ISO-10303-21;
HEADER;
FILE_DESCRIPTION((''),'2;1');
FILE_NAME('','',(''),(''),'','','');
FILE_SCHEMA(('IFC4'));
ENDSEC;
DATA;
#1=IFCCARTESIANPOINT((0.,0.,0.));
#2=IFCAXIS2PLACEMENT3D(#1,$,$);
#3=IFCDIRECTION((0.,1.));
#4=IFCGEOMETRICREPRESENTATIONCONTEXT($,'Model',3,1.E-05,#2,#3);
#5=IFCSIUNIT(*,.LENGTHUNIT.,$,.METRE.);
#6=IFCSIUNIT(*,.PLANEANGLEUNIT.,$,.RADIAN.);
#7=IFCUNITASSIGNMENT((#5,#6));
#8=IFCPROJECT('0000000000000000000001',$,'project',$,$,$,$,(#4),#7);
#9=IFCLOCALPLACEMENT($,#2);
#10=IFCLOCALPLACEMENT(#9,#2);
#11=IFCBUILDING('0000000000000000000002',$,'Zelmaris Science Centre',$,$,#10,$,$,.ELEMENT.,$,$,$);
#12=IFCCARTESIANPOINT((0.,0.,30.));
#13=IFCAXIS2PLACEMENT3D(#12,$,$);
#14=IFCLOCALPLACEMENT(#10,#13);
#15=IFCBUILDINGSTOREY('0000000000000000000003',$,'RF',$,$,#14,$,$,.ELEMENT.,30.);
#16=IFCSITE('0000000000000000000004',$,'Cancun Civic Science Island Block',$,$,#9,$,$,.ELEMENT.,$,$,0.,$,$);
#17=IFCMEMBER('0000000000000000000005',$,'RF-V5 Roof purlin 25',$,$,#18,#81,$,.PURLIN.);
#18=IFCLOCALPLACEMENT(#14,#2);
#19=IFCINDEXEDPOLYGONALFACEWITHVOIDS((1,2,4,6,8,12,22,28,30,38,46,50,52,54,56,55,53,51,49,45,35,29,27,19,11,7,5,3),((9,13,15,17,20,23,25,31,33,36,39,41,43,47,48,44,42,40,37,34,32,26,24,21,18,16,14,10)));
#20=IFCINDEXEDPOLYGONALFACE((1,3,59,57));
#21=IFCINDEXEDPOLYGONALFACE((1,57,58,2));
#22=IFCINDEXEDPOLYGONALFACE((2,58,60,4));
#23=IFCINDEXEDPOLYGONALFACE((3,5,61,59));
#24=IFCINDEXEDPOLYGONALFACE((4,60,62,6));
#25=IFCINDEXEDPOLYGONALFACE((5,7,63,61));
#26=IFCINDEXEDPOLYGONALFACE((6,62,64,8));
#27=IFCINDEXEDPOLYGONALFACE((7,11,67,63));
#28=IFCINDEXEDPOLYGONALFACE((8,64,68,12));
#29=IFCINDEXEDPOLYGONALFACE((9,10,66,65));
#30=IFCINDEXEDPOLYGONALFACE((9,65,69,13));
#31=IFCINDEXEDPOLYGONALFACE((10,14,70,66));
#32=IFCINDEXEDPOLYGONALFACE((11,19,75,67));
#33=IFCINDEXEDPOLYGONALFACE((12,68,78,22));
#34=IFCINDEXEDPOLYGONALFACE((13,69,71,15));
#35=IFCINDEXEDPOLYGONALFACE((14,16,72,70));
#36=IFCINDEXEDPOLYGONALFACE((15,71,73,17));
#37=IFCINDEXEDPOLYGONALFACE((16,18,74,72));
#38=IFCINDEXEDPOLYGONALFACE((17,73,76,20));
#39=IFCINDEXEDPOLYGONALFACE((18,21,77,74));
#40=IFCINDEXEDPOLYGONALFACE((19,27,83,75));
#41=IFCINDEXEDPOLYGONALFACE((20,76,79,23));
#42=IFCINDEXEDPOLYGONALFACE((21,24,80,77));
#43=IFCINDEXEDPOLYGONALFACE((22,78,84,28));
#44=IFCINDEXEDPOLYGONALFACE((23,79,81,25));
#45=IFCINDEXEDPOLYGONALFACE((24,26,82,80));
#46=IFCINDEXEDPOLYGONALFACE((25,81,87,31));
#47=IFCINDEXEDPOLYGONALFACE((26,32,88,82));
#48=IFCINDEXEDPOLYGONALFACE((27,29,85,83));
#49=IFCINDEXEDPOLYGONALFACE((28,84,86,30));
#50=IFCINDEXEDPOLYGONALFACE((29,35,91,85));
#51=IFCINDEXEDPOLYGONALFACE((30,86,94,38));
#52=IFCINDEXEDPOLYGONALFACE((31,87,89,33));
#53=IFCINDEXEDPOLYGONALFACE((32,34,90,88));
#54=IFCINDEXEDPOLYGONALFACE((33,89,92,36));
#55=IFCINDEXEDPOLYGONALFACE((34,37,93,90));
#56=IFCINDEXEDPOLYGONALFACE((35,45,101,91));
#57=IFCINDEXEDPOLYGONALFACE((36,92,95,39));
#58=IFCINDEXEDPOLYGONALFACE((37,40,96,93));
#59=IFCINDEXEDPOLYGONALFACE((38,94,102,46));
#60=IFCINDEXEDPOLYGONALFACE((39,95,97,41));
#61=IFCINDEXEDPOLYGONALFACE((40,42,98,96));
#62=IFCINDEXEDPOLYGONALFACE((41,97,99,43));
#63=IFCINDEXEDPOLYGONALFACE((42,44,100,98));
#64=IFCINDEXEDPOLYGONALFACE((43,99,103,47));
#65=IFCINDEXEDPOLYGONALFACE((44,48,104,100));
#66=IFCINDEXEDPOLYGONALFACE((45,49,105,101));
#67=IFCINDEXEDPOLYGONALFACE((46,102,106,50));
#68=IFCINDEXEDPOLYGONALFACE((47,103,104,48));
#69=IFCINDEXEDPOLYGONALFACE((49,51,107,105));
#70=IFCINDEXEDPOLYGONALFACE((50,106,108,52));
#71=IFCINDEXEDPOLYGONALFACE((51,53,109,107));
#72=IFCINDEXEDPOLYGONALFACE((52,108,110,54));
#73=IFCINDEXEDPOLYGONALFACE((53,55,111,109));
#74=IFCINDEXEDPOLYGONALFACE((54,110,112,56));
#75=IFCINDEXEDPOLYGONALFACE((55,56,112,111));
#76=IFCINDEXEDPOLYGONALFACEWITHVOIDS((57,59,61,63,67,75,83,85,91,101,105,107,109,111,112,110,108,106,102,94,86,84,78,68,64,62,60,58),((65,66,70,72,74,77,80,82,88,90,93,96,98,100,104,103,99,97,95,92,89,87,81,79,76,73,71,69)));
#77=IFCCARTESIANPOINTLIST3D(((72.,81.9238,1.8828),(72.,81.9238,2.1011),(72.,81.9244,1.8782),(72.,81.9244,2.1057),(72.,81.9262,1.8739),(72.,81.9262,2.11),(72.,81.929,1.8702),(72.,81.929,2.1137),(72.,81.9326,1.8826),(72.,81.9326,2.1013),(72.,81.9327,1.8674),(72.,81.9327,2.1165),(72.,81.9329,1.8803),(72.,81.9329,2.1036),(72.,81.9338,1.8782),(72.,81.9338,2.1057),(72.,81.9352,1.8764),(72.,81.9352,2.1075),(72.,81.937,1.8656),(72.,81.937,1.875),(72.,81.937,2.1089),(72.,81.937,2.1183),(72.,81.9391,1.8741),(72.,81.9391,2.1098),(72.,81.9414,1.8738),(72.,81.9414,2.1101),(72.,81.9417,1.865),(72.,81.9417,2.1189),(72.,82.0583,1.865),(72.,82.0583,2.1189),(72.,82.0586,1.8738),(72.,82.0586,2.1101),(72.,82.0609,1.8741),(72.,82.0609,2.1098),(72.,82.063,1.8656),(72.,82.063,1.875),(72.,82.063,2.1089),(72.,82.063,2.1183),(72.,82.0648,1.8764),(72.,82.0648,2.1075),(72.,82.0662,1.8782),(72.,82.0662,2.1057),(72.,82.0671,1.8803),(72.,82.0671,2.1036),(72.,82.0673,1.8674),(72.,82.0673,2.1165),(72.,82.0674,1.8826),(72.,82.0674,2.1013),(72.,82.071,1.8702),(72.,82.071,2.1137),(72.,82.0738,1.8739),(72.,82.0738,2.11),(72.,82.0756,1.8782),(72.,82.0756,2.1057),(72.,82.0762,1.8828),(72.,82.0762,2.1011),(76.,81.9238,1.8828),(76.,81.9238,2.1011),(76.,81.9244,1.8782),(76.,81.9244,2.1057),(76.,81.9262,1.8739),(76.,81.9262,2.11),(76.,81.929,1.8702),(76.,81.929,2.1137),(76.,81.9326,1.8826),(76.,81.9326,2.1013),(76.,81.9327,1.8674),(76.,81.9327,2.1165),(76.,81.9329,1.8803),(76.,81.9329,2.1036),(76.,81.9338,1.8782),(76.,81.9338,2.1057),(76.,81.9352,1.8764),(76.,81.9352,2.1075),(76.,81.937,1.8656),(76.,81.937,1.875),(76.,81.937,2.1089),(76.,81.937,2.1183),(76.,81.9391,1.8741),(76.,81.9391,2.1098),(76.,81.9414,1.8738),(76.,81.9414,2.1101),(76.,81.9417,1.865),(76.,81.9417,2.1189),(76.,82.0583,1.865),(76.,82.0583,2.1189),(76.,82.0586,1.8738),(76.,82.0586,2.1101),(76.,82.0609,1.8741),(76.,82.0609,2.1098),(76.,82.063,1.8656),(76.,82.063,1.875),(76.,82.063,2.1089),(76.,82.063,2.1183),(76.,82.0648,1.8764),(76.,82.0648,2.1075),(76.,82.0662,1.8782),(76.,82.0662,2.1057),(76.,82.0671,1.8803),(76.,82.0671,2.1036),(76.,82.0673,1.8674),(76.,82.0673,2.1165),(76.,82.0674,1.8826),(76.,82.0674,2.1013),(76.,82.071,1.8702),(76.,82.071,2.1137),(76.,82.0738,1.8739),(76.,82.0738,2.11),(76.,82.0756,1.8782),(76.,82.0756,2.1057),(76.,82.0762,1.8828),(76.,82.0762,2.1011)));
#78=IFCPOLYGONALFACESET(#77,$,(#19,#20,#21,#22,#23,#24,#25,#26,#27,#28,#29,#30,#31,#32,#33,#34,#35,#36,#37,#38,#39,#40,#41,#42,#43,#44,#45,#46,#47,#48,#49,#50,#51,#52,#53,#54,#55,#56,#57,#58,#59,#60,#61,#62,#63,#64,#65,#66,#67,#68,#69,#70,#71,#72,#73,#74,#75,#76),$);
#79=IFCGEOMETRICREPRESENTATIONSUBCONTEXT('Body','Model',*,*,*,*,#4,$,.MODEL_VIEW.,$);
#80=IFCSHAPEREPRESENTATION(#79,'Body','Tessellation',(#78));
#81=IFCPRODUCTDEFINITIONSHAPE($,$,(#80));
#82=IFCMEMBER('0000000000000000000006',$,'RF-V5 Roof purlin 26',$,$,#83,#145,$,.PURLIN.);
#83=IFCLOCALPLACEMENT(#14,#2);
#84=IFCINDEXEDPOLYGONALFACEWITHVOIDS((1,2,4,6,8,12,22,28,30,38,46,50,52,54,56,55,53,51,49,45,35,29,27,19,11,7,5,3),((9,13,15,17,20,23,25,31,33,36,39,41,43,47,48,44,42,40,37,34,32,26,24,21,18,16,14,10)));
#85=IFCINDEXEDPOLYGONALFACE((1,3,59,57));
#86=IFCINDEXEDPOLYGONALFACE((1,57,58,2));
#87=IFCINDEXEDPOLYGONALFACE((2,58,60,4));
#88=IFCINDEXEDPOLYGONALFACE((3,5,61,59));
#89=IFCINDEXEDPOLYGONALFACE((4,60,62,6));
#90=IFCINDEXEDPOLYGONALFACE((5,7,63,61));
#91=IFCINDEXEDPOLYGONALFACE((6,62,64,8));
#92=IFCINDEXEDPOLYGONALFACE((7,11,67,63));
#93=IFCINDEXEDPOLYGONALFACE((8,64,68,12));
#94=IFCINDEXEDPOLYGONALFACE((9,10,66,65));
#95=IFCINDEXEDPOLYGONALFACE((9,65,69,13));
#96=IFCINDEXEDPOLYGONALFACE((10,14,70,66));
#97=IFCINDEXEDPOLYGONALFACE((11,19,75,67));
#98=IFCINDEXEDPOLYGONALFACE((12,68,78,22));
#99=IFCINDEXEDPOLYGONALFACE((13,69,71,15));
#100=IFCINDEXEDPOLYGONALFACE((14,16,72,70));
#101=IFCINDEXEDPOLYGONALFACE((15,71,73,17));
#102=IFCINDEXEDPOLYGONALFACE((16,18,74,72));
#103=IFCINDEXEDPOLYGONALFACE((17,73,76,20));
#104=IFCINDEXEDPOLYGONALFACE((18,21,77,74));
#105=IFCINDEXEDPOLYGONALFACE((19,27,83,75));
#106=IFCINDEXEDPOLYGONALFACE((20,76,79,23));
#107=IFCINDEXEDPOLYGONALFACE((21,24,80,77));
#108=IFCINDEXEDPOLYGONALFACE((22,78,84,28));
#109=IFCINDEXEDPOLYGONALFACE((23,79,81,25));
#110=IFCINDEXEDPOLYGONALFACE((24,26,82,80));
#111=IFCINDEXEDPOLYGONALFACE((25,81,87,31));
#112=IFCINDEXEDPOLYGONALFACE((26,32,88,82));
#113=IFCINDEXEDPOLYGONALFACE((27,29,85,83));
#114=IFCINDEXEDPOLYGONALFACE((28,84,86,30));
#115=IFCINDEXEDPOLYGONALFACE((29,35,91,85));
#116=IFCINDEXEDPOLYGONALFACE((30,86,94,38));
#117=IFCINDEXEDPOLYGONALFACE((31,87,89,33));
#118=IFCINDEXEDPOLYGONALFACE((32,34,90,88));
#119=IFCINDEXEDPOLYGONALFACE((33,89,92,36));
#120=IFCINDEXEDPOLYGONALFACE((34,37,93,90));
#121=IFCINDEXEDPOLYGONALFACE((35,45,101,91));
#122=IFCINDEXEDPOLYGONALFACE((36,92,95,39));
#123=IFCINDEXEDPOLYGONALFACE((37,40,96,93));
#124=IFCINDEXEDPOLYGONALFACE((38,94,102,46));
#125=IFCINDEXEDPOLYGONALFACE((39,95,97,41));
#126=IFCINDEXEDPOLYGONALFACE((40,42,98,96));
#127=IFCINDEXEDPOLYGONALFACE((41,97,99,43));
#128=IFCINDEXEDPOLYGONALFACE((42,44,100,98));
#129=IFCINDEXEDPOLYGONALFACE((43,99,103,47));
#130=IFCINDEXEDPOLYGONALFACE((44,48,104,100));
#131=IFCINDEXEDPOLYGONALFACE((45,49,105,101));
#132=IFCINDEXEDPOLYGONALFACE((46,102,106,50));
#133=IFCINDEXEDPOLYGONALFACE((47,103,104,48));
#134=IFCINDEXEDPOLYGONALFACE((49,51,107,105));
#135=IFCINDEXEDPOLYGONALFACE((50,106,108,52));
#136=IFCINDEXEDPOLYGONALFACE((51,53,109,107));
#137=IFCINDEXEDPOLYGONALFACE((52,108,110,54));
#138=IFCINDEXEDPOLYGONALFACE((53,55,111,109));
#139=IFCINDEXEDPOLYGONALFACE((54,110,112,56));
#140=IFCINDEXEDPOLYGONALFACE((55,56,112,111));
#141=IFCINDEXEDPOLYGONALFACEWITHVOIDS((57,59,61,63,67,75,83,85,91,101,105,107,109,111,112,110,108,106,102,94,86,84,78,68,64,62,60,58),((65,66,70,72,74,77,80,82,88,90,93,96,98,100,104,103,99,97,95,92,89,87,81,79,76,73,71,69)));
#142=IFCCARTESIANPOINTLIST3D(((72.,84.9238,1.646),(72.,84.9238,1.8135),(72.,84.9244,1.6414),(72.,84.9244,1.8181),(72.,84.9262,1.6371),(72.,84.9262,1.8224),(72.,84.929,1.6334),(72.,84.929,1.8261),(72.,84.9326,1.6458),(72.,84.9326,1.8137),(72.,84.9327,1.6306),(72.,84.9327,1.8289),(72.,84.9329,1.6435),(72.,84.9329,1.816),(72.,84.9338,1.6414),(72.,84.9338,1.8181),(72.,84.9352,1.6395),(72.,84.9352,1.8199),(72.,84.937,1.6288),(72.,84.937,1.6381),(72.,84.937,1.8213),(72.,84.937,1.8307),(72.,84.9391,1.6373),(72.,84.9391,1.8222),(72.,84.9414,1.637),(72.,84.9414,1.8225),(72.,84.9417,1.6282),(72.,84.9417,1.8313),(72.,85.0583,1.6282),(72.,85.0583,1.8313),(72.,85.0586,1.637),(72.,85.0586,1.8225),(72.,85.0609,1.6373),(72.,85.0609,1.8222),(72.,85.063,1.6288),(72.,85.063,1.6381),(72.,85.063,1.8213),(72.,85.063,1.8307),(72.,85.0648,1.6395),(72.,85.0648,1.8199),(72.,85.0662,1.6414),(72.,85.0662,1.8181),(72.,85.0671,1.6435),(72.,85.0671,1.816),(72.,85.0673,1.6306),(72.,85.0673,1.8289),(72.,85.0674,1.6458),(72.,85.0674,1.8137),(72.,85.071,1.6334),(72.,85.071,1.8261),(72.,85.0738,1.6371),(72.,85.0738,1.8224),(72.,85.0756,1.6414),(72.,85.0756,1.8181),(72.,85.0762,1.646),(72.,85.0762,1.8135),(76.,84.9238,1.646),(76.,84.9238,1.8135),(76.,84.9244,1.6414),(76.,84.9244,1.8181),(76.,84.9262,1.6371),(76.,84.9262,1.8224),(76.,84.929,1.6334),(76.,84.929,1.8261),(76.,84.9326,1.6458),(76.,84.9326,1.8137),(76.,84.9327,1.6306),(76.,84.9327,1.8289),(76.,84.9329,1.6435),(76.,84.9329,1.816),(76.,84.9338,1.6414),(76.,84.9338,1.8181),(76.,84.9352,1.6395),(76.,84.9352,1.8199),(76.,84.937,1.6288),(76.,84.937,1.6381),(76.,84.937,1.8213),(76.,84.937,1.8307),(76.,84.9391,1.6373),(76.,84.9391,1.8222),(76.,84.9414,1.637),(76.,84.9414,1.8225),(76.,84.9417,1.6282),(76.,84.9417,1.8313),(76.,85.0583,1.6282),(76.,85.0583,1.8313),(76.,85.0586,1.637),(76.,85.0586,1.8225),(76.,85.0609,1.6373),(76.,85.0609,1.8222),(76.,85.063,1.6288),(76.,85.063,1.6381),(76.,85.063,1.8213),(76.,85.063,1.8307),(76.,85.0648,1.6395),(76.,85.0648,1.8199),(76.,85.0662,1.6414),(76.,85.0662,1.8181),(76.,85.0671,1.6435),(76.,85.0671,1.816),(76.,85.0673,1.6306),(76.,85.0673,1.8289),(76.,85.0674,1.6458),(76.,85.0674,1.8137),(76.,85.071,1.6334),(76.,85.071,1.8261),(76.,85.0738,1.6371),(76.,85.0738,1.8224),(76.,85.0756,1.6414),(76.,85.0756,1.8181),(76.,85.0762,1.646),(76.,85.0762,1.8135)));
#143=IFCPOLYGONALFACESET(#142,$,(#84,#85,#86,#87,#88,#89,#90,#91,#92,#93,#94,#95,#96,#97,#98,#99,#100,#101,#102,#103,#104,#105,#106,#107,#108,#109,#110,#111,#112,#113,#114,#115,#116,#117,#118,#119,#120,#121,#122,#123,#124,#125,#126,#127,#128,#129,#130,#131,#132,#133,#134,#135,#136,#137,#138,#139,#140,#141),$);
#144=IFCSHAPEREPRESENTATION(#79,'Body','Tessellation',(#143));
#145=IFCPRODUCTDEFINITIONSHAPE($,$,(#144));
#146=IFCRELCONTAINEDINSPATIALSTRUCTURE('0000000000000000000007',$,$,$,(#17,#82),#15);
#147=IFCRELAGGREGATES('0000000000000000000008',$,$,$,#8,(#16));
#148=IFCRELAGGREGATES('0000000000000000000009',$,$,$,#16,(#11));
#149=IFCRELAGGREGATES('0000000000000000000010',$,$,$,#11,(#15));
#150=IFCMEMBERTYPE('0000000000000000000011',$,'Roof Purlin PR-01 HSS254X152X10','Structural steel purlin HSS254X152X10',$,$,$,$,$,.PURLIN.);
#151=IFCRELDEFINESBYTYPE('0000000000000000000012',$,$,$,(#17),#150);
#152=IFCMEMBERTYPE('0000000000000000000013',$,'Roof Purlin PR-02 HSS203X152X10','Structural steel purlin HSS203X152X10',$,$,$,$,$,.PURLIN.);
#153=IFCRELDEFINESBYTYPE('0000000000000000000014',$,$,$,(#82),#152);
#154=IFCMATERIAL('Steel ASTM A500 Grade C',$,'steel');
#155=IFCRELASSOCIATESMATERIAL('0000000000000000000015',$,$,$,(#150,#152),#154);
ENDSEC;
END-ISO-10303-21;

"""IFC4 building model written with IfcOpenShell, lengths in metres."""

from ifc_helpers import new_model, si_unit, direction, frame, origin, origin_2d, place, context, subcontext, project, spatial, hollow_rectangle, extrude, material, material_profile, profile_set, type_object, element, save


model = new_model("IFC4")

# Units and contexts
model_context = context("Model", 3, precision=1e-05, world=origin(), true_north=direction((0.0, 1.0)))
body_context = subcontext(model_context, "Body", "Model", "MODEL_VIEW")
ifc_project = project(units=[si_unit("LENGTHUNIT", "METRE"), si_unit("PLANEANGLEUNIT", "RADIAN")], contexts=[model_context])

# Site, building, storey
site_placement = place(None, origin())
site = spatial("IfcSite", under=ifc_project, at=site_placement, Name="Cancun Civic Science Island Block", CompositionType="ELEMENT", RefElevation=0.0)
building_placement = place(site_placement, origin())
building = spatial("IfcBuilding", under=site, at=building_placement, Name="Zelmaris Science Centre", CompositionType="ELEMENT")
storey_placement = place(building_placement, frame((0.0, 0.0, 30.0)))
storey = spatial("IfcBuildingStorey", under=building, at=storey_placement, Name="RF", CompositionType="ELEMENT", Elevation=30.0)

# Shared definitions
ifc_material = material(Name="Steel ASTM A500 Grade C", Category="steel")

# Members
ifc_material_profile_1 = material_profile(ifc_material, hollow_rectangle(XDim=0.1523, YDim=0.2539, WallThickness=0.0088, InnerFilletRadius=0.0088, OuterFilletRadius=0.0178, at=origin_2d()), Name="HSS254X152X10")
ifc_profile_set_1 = profile_set([ifc_material_profile_1], Name="Steel ASTM A500 Grade C")
member_type_1 = type_object("IfcMemberType", Name="Roof Purlin PR-01 HSS254X152X10", Description="Structural steel purlin HSS254X152X10", PredefinedType="PURLIN", material=ifc_profile_set_1)
member_1_placement = place(storey_placement, frame((72.0, 82.0, 1.9919), z_axis=(1.0, 0.0, 0.0), x_axis=(0.0, 1.0, 0.0)))
element("IfcMember", 1, at=member_1_placement, inside=storey, type_object=member_type_1, Name="RF-V5 Roof purlin 25", PredefinedType="PURLIN", context=body_context, shape_type="SweptSolid", body=[
    extrude(hollow_rectangle(XDim=0.1523, YDim=0.2539, WallThickness=0.0088, InnerFilletRadius=0.0088, OuterFilletRadius=0.0178, at=origin_2d()), origin(), (0.0, 0.0, 1.0), 4.0),
])
ifc_material_profile_2 = material_profile(ifc_material, hollow_rectangle(XDim=0.1523, YDim=0.2031, WallThickness=0.0088, InnerFilletRadius=0.0088, OuterFilletRadius=0.0178, at=origin_2d()), Name="HSS203X152X10")
ifc_profile_set_2 = profile_set([ifc_material_profile_2], Name="Steel ASTM A500 Grade C")
member_type_2 = type_object("IfcMemberType", Name="Roof Purlin PR-02 HSS203X152X10", Description="Structural steel purlin HSS203X152X10", PredefinedType="PURLIN", material=ifc_profile_set_2)
member_2_placement = place(storey_placement, frame((72.0, 85.0, 1.7297), z_axis=(1.0, 0.0, 0.0), x_axis=(0.0, 1.0, 0.0)))
element("IfcMember", 2, at=member_2_placement, inside=storey, type_object=member_type_2, Name="RF-V5 Roof purlin 26", PredefinedType="PURLIN", context=body_context, shape_type="SweptSolid", body=[
    extrude(hollow_rectangle(XDim=0.1523, YDim=0.2031, WallThickness=0.0088, InnerFilletRadius=0.0088, OuterFilletRadius=0.0178, at=origin_2d()), origin(), (0.0, 0.0, 1.0), 4.0),
])

save(model, "model.ifc")
